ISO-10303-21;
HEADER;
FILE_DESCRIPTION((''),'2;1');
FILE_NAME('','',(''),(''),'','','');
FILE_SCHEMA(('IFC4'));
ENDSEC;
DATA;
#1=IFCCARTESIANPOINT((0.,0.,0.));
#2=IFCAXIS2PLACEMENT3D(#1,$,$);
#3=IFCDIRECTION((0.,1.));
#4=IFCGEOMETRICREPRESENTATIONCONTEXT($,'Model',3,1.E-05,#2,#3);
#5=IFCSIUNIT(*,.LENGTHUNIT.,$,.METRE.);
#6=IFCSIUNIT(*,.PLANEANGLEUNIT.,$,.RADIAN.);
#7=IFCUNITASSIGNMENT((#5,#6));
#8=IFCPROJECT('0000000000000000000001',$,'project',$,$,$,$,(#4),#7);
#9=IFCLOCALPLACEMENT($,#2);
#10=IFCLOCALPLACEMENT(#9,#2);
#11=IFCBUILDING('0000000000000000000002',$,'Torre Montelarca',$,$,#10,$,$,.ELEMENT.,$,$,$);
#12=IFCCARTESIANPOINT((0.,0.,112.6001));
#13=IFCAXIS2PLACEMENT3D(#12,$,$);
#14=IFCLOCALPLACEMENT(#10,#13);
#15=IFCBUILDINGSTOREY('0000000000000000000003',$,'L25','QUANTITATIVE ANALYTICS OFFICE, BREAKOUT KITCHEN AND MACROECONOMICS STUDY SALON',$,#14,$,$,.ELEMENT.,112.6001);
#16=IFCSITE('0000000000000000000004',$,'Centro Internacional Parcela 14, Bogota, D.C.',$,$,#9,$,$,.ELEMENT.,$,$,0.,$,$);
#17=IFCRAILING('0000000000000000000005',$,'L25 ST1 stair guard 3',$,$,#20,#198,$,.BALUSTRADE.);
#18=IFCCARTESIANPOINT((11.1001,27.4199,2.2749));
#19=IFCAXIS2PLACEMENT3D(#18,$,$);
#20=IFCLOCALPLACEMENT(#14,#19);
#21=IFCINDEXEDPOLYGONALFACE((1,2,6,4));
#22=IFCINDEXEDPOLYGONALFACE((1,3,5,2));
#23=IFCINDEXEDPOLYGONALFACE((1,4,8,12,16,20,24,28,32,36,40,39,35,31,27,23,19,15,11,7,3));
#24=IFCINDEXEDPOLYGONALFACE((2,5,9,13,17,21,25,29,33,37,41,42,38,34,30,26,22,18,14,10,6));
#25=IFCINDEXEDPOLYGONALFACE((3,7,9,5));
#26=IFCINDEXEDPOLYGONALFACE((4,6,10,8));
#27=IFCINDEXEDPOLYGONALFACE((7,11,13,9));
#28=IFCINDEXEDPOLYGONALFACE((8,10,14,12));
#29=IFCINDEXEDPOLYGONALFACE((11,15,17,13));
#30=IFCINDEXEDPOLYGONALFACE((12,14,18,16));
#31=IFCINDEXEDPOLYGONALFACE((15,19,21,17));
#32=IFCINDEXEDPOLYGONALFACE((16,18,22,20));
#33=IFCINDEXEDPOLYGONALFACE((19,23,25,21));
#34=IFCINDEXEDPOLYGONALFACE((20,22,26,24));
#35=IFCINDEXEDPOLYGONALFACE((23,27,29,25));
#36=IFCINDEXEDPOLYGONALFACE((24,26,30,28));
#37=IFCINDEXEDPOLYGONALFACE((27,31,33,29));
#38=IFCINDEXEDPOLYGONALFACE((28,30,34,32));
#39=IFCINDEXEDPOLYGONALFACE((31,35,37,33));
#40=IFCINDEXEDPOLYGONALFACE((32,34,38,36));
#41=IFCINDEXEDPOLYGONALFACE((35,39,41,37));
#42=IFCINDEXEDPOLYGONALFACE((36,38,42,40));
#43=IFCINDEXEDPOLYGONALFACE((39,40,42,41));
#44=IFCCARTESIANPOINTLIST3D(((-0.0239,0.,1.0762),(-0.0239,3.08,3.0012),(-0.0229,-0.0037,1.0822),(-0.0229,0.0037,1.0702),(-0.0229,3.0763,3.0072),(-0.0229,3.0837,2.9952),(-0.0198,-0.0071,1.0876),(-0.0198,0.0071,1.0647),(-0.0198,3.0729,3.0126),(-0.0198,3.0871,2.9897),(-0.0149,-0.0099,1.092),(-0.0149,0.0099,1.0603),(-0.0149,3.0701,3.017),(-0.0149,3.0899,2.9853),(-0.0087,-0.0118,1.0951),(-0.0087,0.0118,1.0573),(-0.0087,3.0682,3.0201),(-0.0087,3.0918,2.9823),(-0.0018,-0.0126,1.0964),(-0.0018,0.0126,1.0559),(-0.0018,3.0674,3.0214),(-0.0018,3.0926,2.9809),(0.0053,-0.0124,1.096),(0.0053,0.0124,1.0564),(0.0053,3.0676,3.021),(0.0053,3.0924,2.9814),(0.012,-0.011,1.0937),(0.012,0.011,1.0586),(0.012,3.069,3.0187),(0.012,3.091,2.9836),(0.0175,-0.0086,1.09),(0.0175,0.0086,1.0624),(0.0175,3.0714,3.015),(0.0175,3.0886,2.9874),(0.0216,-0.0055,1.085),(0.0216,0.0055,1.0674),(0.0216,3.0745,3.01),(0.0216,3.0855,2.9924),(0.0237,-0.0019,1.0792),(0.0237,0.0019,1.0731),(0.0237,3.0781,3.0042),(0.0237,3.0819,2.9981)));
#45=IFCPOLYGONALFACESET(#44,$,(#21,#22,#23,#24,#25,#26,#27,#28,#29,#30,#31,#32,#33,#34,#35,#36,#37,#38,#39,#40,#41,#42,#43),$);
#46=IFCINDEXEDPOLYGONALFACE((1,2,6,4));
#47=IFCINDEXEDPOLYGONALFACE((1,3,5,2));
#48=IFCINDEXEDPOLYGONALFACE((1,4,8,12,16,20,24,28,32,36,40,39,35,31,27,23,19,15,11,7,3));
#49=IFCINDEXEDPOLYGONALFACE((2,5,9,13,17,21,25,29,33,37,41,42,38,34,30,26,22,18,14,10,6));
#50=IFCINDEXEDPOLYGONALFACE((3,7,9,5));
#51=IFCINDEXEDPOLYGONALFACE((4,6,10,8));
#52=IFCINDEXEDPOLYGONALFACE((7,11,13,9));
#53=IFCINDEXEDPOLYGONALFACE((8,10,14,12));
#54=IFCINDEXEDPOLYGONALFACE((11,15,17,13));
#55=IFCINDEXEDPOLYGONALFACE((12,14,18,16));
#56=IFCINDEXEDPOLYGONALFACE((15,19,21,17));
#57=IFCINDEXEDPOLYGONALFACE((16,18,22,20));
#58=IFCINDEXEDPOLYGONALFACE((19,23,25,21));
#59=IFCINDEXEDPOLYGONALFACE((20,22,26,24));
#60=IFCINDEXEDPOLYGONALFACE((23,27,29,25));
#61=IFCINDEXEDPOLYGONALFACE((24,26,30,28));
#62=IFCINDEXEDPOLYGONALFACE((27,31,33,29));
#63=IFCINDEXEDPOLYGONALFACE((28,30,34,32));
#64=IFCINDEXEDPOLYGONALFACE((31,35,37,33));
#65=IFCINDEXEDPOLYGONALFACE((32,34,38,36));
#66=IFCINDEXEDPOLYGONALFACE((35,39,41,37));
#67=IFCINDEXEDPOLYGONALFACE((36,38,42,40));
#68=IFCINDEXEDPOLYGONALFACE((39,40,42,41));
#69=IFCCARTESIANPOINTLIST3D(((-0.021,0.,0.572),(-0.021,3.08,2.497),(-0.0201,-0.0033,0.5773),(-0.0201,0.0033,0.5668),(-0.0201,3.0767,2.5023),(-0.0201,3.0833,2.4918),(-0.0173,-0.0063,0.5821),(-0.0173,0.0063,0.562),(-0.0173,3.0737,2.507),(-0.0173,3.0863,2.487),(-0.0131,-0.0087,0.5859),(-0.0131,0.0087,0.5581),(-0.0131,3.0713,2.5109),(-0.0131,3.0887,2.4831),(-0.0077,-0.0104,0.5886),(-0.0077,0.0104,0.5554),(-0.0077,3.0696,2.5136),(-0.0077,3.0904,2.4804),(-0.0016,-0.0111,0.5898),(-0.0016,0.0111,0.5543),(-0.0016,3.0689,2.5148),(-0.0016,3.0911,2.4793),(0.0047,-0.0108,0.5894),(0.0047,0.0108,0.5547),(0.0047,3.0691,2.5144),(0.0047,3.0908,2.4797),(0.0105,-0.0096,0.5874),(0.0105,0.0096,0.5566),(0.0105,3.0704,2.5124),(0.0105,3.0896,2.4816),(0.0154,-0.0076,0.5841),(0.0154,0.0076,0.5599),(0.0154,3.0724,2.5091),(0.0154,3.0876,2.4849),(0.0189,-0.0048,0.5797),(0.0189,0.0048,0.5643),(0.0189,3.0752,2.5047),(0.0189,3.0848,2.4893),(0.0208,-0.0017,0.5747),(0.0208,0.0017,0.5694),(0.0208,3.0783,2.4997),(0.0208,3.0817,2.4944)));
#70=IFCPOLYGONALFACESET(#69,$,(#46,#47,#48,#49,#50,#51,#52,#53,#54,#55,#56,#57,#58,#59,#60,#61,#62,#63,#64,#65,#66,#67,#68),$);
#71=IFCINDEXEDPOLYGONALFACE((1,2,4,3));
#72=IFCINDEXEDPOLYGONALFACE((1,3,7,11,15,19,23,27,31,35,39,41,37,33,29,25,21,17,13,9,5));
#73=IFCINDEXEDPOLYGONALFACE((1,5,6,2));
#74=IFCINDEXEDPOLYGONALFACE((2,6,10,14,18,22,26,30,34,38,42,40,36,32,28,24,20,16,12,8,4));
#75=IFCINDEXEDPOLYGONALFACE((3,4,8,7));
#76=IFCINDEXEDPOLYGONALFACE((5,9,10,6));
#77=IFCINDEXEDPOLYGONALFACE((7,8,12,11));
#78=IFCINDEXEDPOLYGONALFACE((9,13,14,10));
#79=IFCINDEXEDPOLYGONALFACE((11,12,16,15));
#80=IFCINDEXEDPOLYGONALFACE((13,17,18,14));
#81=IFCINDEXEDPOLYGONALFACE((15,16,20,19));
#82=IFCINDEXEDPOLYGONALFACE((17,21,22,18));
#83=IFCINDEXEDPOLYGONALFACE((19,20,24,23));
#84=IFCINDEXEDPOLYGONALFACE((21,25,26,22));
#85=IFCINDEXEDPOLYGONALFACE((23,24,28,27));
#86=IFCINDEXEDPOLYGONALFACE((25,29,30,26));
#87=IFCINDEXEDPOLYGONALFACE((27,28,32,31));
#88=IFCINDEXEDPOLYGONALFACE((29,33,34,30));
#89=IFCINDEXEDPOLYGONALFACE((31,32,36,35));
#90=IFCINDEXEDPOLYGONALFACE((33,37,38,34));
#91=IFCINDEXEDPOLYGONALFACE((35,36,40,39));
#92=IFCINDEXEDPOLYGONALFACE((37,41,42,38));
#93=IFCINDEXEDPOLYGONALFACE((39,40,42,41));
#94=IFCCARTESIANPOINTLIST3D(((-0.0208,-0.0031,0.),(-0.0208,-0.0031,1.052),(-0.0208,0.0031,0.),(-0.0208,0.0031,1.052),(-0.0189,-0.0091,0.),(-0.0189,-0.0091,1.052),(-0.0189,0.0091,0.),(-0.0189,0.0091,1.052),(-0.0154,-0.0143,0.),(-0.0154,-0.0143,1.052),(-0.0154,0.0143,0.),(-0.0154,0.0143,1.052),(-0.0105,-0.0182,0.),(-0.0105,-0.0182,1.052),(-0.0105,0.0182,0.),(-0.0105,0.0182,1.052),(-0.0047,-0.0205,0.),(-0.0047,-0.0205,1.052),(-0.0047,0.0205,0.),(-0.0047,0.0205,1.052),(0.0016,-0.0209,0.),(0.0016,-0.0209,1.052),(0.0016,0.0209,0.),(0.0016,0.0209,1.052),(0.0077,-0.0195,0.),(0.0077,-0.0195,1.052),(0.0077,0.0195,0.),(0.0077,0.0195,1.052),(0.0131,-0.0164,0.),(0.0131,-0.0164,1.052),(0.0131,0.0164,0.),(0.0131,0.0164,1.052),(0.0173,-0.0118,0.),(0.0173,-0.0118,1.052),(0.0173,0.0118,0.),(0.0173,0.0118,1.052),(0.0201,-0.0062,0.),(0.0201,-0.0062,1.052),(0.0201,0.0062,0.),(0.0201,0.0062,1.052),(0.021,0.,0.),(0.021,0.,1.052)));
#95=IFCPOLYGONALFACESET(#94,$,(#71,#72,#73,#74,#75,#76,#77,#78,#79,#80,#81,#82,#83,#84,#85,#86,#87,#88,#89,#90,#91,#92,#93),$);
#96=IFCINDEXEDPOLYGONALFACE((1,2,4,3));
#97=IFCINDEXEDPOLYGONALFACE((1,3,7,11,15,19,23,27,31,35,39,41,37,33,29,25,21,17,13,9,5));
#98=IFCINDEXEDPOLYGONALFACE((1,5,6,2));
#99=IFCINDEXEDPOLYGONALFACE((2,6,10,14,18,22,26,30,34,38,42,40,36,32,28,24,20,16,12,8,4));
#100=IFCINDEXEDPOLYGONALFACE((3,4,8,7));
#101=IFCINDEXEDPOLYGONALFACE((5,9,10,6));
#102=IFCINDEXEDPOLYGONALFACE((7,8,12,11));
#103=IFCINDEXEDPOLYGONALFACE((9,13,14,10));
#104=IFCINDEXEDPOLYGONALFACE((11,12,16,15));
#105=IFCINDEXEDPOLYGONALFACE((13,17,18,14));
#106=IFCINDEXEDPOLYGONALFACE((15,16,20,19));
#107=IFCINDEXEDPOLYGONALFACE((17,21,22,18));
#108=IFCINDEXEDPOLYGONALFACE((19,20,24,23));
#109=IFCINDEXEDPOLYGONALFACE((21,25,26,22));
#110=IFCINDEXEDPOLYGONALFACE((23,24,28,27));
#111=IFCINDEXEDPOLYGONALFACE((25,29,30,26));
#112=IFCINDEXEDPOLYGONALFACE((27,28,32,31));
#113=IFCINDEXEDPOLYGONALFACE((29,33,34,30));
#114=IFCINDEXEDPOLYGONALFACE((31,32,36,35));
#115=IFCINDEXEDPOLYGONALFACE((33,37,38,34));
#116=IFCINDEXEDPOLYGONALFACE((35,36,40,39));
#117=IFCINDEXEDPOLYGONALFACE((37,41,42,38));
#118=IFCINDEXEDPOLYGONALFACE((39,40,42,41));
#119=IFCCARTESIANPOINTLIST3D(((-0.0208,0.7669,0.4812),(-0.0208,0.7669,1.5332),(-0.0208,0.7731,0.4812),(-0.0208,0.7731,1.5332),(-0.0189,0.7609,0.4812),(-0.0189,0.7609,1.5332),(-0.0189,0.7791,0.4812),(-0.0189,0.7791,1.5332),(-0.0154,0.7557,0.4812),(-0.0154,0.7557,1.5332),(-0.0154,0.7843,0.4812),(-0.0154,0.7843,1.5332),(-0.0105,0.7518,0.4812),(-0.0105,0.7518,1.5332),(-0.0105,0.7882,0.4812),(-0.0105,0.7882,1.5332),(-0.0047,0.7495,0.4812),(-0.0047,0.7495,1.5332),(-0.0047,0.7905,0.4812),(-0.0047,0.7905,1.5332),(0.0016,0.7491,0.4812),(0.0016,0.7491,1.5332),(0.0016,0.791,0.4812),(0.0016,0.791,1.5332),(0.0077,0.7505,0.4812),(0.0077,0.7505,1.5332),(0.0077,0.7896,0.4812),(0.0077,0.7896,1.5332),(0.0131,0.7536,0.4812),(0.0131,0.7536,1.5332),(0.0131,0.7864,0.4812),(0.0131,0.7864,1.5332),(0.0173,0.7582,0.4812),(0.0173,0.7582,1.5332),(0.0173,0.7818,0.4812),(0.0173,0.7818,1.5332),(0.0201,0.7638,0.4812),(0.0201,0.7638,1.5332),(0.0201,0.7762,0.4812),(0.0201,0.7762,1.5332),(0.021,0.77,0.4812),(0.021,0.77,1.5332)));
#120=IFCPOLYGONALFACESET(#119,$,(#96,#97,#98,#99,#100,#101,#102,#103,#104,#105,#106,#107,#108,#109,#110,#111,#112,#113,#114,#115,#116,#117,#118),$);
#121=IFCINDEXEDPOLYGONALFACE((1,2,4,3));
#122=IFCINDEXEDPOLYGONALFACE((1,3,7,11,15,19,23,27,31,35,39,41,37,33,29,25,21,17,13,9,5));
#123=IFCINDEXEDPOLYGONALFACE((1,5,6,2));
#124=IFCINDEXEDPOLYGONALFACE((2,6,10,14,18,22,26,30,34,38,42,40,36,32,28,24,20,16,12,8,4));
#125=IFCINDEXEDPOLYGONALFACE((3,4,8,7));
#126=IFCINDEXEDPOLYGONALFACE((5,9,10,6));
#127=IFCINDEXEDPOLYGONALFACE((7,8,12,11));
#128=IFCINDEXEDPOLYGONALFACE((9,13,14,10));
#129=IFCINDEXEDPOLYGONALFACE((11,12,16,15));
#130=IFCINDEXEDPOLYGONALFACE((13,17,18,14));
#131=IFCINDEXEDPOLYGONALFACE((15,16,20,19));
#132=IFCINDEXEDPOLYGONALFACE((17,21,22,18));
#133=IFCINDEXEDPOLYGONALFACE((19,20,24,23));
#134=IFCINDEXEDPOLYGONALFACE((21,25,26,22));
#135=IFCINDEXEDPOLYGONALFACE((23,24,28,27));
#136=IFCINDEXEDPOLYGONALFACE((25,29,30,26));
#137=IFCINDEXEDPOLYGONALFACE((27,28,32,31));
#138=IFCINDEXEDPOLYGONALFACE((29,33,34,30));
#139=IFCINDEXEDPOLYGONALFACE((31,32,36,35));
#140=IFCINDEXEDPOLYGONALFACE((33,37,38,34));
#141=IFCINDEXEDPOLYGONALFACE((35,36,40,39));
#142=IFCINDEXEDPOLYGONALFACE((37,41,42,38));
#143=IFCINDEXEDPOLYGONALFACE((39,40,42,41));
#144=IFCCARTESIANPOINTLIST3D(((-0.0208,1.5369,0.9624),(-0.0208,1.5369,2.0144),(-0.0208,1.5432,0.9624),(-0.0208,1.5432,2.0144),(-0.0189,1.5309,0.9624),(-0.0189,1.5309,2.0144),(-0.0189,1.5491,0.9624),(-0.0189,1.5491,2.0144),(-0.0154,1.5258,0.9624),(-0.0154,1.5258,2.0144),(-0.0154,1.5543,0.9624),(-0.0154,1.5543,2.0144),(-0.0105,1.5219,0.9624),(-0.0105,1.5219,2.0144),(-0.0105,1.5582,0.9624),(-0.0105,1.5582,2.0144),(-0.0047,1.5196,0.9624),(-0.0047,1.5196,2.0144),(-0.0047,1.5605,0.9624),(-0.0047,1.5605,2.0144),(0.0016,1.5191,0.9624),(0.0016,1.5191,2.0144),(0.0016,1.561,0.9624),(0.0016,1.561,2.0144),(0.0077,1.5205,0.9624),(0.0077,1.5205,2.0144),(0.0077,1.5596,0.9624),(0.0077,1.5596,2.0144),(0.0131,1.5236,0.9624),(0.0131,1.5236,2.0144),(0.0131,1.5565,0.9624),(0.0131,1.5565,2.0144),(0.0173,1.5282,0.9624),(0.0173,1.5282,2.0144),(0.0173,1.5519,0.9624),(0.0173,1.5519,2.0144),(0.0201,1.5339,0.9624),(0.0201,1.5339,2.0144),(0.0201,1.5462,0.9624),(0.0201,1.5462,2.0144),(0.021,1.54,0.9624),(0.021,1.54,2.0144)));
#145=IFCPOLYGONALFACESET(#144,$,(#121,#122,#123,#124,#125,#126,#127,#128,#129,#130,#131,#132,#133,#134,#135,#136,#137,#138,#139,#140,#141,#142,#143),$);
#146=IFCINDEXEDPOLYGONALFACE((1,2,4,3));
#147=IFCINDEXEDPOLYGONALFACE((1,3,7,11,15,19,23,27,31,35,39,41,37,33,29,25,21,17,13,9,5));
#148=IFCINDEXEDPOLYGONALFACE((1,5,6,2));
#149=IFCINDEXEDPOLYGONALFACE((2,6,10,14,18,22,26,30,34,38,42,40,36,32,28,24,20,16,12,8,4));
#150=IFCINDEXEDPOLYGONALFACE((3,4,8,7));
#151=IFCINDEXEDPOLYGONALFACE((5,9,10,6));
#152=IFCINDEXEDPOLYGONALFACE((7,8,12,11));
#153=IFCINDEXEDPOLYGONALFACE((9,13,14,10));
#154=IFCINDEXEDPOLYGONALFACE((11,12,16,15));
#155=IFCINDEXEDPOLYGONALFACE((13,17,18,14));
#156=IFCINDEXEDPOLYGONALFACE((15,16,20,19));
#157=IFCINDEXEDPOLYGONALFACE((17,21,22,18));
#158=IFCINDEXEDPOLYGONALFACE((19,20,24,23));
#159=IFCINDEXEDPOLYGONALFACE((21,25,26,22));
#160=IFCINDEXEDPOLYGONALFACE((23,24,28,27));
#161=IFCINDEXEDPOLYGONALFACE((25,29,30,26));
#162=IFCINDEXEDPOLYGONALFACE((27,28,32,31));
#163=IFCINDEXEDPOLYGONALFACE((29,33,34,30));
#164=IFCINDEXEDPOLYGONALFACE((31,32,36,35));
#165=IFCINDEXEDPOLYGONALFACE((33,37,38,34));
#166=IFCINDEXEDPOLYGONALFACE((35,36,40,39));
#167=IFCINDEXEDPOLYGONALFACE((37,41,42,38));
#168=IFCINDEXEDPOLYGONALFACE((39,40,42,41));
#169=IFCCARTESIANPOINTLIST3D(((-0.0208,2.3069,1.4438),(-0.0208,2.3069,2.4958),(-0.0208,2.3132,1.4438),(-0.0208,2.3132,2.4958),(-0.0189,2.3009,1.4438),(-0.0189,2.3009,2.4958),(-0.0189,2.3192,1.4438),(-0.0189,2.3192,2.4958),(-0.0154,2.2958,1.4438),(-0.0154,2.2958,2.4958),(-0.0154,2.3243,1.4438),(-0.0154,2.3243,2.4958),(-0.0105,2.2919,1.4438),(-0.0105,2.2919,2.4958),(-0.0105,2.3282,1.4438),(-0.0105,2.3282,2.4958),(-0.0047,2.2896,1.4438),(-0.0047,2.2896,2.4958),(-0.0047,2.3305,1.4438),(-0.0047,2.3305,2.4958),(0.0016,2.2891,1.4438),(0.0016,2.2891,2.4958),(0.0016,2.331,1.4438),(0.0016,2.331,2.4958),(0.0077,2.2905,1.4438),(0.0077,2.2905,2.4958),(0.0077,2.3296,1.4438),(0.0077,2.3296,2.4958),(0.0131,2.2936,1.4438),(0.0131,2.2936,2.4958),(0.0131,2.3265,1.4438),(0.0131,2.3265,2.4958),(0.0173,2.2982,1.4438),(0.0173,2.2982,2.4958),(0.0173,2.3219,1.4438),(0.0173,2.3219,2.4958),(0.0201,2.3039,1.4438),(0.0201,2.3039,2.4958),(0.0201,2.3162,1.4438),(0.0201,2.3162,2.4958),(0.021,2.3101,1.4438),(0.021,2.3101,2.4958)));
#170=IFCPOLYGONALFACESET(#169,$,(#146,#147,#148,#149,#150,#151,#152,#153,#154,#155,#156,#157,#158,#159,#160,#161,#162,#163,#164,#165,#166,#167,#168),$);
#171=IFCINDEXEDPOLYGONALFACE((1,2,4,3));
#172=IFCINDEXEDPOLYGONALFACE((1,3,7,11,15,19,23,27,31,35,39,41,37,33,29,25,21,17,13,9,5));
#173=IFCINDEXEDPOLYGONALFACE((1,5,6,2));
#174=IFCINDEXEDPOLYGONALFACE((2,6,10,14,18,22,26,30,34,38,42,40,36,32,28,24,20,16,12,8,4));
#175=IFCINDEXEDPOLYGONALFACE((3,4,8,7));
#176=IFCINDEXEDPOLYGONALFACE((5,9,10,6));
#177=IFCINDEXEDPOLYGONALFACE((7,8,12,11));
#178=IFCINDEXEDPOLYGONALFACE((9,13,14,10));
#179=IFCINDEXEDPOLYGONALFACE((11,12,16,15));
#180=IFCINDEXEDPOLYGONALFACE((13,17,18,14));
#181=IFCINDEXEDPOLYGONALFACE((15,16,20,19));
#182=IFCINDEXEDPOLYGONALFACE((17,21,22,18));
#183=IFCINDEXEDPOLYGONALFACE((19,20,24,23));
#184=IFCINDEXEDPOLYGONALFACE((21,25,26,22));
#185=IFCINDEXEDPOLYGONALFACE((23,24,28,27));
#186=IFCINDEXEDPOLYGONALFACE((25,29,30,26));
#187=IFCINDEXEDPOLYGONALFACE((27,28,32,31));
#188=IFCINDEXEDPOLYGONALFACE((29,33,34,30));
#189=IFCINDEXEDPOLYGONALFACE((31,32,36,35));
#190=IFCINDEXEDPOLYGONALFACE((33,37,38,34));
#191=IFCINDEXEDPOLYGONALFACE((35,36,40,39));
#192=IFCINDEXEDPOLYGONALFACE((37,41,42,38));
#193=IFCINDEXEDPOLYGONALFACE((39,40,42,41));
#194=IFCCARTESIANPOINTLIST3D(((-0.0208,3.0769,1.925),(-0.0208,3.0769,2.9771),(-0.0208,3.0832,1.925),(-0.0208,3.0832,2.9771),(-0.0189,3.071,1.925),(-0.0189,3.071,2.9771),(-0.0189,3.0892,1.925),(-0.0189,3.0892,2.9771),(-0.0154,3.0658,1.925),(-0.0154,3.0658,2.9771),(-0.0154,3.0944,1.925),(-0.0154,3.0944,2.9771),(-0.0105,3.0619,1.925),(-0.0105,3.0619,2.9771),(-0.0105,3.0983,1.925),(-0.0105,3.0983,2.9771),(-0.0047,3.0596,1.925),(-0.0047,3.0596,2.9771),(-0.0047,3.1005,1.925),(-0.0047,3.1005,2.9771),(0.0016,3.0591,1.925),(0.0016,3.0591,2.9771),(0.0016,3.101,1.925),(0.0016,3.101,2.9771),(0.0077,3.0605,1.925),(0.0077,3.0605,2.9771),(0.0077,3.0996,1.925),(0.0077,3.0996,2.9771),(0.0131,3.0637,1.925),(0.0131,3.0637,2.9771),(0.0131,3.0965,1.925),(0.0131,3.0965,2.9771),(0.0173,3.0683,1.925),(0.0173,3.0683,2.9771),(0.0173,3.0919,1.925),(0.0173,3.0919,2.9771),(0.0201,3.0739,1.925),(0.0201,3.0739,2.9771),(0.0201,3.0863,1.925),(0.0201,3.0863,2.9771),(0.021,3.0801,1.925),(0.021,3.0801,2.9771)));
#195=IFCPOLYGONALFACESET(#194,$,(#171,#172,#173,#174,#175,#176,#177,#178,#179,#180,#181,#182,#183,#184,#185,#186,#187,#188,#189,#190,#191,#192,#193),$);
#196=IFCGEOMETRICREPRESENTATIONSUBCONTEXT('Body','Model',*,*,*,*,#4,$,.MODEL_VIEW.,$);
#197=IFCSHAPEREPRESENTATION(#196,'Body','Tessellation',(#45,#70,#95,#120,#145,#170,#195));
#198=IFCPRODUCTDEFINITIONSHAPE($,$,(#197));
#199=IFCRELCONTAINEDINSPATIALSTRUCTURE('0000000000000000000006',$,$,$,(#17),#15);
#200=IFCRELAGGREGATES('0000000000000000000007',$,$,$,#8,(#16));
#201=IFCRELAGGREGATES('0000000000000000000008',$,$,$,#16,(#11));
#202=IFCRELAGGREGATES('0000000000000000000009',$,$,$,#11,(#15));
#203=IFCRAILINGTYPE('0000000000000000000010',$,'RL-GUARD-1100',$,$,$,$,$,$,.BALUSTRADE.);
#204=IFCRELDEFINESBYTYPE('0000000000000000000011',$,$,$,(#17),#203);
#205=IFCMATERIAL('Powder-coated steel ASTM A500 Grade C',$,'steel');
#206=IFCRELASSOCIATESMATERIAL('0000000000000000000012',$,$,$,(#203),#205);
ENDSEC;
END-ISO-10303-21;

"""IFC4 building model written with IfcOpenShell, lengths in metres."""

from ifc_helpers import new_model, si_unit, direction, frame, origin, origin_2d, place, context, subcontext, project, spatial, circle, extrude, material, type_object, element, save


model = new_model("IFC4")

# Units and contexts
model_context = context("Model", 3, precision=1e-05, world=origin(), true_north=direction((0.0, 1.0)))
body_context = subcontext(model_context, "Body", "Model", "MODEL_VIEW")
ifc_project = project(units=[si_unit("LENGTHUNIT", "METRE"), si_unit("PLANEANGLEUNIT", "RADIAN")], contexts=[model_context])

# Site, building, storey
site_placement = place(None, origin())
site = spatial("IfcSite", under=ifc_project, at=site_placement, Name="Centro Internacional Parcela 14, Bogota, D.C.", CompositionType="ELEMENT", RefElevation=0.0)
building_placement = place(site_placement, origin())
building = spatial("IfcBuilding", under=site, at=building_placement, Name="Torre Montelarca", CompositionType="ELEMENT")
storey_placement = place(building_placement, frame((0.0, 0.0, 112.6001)))
storey = spatial("IfcBuildingStorey", under=building, at=storey_placement, Name="L25", Description="QUANTITATIVE ANALYTICS OFFICE, BREAKOUT KITCHEN AND MACROECONOMICS STUDY SALON", CompositionType="ELEMENT", Elevation=112.6001)

# Railing
ifc_material_1 = material(Name="Powder-coated steel ASTM A500 Grade C", Category="steel")
railing_type_1 = type_object("IfcRailingType", Name="RL-GUARD-1100", PredefinedType="BALUSTRADE", material=ifc_material_1)
railing_1_placement = place(storey_placement, frame((11.1001, 27.4199, 2.2749)))
element("IfcRailing", 1, at=railing_1_placement, inside=storey, type_object=railing_type_1, Name="L25 ST1 stair guard 3", PredefinedType="BALUSTRADE", context=body_context, shape_type="SweptSolid", body=[
    extrude(circle(Radius=0.0239, at=origin_2d()), frame((0.0, 0.0, 1.0762), z_axis=(0.0, 0.847998, 0.529999), x_axis=(-1.0, 0.0, 0.0)), (0.0, 0.0, 1.0), 3.6321),
    extrude(circle(Radius=0.021, at=origin_2d()), frame((0.0, 0.0, 0.572), z_axis=(0.0, 0.847998, 0.529999), x_axis=(-1.0, 0.0, 0.0)), (0.0, 0.0, 1.0), 3.6321),
    extrude(circle(Radius=0.021, at=origin_2d()), origin(), (0.0, 0.0, 1.0), 1.052),
    extrude(circle(Radius=0.021, at=origin_2d()), frame((0.0, 0.77, 0.4812)), (0.0, 0.0, 1.0), 1.052),
    extrude(circle(Radius=0.021, at=origin_2d()), frame((0.0, 1.54, 0.9624)), (0.0, 0.0, 1.0), 1.052),
    extrude(circle(Radius=0.021, at=origin_2d()), frame((0.0, 2.3101, 1.4438)), (0.0, 0.0, 1.0), 1.052),
    extrude(circle(Radius=0.021, at=origin_2d()), frame((0.0, 3.0801, 1.925)), (0.0, 0.0, 1.0), 1.052),
])

save(model, "model.ifc")
